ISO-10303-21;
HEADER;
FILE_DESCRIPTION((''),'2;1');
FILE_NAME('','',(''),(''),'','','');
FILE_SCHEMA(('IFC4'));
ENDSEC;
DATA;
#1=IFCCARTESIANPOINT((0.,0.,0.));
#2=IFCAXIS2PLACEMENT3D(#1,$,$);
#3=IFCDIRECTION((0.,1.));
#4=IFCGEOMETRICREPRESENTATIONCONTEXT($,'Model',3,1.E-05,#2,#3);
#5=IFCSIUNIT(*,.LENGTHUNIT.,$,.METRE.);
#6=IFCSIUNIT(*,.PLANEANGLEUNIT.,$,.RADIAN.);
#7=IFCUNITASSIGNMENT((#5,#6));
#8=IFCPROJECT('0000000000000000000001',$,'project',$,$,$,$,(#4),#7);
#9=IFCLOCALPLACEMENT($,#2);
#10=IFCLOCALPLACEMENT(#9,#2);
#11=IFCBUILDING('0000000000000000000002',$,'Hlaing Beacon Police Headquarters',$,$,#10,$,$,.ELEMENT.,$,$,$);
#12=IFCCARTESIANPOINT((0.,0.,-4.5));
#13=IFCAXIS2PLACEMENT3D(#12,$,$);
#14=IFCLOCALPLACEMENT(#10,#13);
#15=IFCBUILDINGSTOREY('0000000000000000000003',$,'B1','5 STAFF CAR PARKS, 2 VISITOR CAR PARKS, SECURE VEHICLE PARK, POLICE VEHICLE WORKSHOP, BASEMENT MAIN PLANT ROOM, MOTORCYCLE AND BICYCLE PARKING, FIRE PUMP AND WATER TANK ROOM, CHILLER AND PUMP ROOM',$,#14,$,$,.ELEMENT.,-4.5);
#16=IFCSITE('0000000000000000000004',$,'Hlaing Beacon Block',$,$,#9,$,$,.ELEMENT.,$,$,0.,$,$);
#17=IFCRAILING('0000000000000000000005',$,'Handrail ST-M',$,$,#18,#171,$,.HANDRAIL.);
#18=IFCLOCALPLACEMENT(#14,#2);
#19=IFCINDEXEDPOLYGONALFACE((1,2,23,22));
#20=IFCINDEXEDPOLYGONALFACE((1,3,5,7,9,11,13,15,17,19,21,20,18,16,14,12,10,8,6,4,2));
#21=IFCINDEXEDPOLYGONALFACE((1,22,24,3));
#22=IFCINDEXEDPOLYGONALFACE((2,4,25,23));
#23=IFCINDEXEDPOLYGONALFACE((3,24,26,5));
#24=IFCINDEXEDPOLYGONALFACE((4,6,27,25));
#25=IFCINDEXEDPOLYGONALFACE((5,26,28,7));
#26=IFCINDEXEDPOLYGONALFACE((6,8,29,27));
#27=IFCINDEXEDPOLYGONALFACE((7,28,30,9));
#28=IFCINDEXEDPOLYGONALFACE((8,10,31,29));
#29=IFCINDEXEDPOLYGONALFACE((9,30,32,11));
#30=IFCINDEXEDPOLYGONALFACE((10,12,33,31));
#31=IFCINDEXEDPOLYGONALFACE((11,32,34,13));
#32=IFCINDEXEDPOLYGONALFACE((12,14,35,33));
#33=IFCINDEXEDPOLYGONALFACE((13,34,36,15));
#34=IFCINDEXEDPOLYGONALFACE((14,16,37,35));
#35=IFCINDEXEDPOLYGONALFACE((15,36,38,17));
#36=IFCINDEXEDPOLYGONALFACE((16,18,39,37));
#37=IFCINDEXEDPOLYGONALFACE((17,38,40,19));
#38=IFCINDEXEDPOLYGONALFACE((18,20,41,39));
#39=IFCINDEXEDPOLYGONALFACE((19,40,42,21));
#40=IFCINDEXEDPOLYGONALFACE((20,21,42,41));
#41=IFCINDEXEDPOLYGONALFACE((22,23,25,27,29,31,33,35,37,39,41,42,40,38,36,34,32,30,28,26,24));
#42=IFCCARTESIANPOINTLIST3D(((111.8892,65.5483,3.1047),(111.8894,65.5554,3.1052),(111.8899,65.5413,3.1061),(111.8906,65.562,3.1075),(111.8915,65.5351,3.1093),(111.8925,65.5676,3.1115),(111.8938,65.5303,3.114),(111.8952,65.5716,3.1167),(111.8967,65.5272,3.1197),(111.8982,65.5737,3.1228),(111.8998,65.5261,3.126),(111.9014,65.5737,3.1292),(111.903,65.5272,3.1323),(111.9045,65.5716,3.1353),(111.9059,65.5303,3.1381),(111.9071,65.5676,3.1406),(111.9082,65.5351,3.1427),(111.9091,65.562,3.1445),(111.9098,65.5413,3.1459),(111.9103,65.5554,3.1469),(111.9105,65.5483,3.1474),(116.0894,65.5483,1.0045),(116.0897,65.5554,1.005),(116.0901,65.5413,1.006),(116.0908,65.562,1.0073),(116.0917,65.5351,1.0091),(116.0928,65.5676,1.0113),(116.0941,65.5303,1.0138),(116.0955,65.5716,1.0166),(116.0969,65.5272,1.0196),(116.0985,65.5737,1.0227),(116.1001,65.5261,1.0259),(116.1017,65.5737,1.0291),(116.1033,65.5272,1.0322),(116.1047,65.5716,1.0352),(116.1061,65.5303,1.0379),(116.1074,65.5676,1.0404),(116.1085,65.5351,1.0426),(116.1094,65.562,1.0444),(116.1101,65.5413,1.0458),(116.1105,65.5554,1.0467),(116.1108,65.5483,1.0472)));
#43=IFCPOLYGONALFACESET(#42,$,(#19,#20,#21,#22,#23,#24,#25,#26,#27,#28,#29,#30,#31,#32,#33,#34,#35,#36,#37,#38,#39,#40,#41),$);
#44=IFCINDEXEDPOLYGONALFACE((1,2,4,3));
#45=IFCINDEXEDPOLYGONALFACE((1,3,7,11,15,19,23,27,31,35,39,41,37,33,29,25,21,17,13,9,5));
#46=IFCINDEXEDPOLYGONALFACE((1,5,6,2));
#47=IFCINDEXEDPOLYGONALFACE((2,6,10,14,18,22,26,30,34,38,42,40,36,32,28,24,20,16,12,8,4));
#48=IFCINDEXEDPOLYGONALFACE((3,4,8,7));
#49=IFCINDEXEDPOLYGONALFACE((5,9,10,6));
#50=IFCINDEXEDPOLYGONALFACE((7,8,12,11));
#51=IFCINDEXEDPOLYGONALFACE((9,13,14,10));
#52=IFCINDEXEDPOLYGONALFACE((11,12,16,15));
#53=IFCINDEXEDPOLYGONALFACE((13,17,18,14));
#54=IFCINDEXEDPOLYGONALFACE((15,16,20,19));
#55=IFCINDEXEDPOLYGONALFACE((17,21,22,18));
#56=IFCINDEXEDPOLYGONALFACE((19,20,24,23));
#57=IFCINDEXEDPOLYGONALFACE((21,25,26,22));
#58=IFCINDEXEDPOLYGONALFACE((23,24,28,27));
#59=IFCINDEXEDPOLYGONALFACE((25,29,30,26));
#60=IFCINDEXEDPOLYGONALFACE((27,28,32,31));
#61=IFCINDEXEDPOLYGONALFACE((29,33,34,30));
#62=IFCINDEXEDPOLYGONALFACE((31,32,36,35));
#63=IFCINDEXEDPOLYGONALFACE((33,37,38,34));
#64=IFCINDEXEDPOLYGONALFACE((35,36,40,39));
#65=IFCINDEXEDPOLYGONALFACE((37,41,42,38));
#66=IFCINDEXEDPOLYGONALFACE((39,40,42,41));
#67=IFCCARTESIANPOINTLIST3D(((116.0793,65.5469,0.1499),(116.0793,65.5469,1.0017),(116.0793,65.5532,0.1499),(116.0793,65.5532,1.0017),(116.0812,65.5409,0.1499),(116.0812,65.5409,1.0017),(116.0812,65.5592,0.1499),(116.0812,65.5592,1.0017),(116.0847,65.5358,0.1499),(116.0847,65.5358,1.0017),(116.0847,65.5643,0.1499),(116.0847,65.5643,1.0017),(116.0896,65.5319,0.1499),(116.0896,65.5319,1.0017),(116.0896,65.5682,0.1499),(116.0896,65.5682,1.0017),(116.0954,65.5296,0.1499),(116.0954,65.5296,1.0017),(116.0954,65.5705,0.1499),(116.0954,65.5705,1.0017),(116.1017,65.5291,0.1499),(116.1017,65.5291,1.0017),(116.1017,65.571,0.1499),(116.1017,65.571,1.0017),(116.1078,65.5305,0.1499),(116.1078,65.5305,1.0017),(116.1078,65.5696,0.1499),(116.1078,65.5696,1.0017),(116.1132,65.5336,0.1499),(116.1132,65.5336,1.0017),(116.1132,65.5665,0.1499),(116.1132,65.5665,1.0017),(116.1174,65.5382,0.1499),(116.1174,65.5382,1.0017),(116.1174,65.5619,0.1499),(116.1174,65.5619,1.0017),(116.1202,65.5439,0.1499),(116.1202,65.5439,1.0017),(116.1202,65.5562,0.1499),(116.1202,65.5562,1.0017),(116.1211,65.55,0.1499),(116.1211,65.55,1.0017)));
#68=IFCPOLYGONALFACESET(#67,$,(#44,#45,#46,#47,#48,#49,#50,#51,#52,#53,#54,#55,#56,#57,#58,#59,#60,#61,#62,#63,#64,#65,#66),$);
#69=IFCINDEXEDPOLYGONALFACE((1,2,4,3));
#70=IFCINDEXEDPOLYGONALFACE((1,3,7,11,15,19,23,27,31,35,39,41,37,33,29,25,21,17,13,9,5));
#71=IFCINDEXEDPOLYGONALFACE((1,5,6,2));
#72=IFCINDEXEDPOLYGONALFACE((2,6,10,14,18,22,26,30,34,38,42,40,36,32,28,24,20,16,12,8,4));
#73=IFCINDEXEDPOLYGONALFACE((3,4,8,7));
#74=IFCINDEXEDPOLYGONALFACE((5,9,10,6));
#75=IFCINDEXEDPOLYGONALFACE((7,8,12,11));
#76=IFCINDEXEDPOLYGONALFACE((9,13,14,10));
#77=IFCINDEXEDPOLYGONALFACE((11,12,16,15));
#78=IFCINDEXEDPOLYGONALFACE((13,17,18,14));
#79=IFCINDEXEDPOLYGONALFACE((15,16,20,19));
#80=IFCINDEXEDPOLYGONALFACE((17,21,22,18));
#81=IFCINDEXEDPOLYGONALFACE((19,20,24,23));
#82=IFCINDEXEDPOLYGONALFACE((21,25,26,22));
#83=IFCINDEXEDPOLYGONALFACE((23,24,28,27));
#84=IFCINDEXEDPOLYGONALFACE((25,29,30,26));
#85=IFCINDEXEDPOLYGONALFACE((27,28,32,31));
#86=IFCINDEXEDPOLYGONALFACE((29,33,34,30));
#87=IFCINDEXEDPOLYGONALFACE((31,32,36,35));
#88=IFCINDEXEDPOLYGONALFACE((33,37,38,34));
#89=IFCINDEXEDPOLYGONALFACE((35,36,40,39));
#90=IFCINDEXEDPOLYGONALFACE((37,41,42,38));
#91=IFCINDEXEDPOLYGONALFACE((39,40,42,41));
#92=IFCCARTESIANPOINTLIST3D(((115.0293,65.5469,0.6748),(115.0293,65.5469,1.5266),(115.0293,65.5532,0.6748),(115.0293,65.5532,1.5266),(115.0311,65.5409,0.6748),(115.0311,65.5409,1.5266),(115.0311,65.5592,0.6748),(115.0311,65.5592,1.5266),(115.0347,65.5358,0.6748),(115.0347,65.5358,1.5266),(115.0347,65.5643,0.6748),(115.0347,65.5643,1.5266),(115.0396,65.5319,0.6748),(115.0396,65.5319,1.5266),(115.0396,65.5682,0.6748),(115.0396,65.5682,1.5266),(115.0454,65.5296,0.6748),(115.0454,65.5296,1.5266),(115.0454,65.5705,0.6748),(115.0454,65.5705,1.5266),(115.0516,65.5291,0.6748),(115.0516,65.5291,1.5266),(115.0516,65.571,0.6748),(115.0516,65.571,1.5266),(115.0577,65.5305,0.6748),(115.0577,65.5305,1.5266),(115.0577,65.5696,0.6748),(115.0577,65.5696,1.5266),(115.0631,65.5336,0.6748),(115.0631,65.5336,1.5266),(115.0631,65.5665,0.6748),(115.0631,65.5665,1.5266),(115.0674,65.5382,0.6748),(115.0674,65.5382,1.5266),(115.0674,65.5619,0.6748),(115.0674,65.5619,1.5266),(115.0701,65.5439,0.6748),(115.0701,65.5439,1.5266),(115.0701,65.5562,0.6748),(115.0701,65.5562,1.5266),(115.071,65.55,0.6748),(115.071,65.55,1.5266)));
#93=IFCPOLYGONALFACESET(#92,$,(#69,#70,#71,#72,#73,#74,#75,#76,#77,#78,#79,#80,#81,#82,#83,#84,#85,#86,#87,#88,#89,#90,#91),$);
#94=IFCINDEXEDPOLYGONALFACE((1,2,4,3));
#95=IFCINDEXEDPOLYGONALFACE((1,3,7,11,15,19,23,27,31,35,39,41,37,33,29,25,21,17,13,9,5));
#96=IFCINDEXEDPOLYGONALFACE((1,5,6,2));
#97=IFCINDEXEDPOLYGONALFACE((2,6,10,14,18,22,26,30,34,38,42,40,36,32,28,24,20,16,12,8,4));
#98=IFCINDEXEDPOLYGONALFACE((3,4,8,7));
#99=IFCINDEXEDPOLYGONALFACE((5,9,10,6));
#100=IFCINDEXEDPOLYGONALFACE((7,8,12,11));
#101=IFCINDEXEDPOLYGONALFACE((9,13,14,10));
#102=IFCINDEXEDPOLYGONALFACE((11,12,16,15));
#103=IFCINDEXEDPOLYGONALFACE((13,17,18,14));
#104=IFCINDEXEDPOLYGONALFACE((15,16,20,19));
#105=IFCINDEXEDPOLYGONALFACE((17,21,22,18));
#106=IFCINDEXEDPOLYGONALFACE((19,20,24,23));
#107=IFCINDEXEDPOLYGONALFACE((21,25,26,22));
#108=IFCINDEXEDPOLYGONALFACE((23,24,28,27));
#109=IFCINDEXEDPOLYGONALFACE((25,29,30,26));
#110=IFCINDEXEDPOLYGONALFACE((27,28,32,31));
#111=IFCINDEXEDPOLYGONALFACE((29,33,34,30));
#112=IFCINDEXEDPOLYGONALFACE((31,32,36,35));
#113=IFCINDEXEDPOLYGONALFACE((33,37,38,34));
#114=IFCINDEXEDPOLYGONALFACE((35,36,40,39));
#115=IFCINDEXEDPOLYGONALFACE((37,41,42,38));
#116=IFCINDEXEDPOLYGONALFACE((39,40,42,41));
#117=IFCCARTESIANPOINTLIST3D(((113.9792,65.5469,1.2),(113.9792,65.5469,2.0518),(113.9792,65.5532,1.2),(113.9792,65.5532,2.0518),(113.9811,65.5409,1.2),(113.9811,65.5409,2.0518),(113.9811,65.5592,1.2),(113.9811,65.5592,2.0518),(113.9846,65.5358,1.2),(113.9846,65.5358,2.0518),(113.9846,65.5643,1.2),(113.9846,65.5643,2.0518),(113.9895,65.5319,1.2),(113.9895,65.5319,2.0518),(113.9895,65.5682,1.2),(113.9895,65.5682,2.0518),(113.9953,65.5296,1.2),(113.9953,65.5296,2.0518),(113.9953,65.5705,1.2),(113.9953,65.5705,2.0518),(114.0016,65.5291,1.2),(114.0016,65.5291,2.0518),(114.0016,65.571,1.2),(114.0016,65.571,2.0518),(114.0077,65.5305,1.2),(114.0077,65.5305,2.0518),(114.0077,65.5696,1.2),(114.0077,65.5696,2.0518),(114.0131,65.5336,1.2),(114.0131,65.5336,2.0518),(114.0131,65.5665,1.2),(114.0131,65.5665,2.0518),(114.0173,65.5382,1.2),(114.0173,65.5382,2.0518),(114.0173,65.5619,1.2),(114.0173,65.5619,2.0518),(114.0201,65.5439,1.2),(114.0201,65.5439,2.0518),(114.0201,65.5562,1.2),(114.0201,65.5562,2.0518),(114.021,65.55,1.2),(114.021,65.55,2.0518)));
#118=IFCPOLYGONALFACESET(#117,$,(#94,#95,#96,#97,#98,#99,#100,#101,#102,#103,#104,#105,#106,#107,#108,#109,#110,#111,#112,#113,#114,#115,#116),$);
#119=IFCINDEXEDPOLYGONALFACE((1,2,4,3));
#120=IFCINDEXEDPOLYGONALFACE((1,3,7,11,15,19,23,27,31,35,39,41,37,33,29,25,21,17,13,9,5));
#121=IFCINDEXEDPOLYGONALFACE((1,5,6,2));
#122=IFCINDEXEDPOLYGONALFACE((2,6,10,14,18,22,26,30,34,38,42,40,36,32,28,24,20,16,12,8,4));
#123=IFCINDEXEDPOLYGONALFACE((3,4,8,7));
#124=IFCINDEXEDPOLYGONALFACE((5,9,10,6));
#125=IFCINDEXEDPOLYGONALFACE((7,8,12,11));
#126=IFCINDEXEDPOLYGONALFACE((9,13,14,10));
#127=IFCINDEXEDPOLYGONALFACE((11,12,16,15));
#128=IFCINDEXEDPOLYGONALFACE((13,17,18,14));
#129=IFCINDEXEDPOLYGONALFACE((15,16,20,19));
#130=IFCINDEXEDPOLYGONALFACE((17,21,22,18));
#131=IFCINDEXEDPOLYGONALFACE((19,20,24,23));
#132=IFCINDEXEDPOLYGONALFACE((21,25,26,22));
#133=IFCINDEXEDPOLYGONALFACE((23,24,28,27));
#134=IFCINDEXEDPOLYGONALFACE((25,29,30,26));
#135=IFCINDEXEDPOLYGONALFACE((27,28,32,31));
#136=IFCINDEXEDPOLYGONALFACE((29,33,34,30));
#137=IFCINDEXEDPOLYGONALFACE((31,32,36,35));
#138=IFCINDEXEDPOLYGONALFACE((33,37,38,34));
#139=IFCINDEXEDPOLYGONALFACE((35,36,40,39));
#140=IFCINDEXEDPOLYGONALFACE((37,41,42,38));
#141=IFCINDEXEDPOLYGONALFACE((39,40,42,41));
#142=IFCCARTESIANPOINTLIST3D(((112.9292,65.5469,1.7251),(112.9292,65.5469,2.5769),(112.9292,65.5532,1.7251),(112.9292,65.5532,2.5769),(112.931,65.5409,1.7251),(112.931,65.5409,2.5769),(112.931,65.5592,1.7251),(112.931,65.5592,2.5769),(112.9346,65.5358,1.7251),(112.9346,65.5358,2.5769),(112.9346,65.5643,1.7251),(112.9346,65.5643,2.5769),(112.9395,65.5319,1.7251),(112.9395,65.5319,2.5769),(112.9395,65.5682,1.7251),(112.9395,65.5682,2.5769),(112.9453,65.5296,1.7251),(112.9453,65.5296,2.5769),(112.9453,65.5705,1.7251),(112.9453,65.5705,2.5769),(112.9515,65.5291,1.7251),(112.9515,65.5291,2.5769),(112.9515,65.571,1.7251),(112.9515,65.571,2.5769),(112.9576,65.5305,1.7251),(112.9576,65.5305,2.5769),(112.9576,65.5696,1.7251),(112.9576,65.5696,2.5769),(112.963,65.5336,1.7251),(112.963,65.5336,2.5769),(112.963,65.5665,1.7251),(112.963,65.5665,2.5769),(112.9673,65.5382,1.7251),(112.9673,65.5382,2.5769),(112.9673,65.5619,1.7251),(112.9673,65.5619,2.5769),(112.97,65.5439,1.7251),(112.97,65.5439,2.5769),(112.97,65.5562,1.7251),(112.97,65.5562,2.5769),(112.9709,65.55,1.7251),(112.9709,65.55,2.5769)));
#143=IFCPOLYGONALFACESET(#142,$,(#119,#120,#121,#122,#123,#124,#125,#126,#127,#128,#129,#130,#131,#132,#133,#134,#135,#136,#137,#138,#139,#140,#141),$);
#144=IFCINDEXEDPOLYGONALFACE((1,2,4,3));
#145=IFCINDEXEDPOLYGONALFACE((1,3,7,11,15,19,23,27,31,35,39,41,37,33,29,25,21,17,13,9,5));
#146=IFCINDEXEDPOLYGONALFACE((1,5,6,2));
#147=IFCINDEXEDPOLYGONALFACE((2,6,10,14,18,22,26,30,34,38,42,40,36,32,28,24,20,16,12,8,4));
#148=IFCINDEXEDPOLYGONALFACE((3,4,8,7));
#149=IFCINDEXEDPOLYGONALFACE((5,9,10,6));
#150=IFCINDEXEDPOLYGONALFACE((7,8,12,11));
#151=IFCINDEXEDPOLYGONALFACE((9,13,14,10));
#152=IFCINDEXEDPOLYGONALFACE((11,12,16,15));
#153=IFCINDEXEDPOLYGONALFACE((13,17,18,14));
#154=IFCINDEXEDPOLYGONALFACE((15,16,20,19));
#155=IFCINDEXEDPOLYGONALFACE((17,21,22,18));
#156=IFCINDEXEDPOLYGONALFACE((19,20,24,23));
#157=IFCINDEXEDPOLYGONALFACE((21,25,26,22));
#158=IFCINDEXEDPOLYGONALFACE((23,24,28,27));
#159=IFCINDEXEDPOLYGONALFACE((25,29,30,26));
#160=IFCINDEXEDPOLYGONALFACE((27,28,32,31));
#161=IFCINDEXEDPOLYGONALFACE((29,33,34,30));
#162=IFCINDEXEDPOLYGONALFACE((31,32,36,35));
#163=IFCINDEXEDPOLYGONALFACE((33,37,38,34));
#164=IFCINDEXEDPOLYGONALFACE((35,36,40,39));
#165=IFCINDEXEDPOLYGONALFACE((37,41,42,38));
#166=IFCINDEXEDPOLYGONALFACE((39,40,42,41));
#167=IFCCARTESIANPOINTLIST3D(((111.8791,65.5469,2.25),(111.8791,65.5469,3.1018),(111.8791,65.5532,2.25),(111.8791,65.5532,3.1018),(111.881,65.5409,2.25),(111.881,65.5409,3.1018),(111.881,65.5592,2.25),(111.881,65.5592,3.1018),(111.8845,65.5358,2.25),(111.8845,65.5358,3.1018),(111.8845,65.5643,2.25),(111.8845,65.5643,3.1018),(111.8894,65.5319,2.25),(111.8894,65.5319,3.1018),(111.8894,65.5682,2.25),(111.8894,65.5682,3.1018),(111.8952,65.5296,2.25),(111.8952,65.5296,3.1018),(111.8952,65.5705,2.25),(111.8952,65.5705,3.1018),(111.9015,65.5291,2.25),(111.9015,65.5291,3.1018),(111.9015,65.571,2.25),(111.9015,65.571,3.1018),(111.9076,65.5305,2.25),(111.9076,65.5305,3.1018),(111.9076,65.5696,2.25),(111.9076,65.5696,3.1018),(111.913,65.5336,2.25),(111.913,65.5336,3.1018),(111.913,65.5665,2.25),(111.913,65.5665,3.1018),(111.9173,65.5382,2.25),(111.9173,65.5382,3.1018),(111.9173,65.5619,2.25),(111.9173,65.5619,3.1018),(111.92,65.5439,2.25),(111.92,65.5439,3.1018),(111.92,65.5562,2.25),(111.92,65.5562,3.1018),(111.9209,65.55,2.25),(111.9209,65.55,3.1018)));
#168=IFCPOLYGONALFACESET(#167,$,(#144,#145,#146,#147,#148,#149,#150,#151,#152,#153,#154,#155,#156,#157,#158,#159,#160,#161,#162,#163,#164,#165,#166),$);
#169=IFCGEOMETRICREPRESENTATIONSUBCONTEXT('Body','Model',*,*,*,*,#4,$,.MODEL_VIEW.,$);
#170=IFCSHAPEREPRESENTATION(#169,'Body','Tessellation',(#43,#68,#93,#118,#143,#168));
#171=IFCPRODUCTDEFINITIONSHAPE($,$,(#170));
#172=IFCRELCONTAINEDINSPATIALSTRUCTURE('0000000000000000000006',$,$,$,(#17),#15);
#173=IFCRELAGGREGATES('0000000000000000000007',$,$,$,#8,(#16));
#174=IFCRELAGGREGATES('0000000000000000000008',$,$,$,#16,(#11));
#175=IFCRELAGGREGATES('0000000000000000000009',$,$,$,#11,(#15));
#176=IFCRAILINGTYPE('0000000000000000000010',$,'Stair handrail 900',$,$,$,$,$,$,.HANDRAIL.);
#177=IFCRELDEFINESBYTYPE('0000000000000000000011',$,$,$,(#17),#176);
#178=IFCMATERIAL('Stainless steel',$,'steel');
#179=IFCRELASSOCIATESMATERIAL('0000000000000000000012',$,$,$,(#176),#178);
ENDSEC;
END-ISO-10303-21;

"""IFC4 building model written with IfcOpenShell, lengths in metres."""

from ifc_helpers import new_model, si_unit, direction, frame, origin, origin_2d, place, context, subcontext, project, spatial, circle, extrude, material, type_object, element, save


model = new_model("IFC4")

# Units and contexts
model_context = context("Model", 3, precision=1e-05, world=origin(), true_north=direction((0.0, 1.0)))
body_context = subcontext(model_context, "Body", "Model", "MODEL_VIEW")
ifc_project = project(units=[si_unit("LENGTHUNIT", "METRE"), si_unit("PLANEANGLEUNIT", "RADIAN")], contexts=[model_context])

# Site, building, storey
site_placement = place(None, origin())
site = spatial("IfcSite", under=ifc_project, at=site_placement, Name="Hlaing Beacon Block", CompositionType="ELEMENT", RefElevation=0.0)
building_placement = place(site_placement, origin())
building = spatial("IfcBuilding", under=site, at=building_placement, Name="Hlaing Beacon Police Headquarters", CompositionType="ELEMENT")
storey_placement = place(building_placement, frame((0.0, 0.0, -4.5)))
storey = spatial("IfcBuildingStorey", under=building, at=storey_placement, Name="B1", Description="5 STAFF CAR PARKS, 2 VISITOR CAR PARKS, SECURE VEHICLE PARK, POLICE VEHICLE WORKSHOP, BASEMENT MAIN PLANT ROOM, MOTORCYCLE AND BICYCLE PARKING, FIRE PUMP AND WATER TANK ROOM, CHILLER AND PUMP ROOM", CompositionType="ELEMENT", Elevation=-4.5)

# Railing
ifc_material_1 = material(Name="Stainless steel", Category="steel")
railing_type = type_object("IfcRailingType", Name="Stair handrail 900", PredefinedType="HANDRAIL", material=ifc_material_1)
for number, where, name in (
    (1, (116.1001, 65.55, 0.1499), "Handrail ST-M"),
):
    element("IfcRailing", number, at=place(storey_placement, frame(where)), inside=storey, type_object=railing_type, Name=name, PredefinedType="HANDRAIL", context=body_context, shape_type="SweptSolid", body=[
        extrude(circle(Radius=0.0239, at=origin_2d()), frame((0.0, 0.0, 0.876), z_axis=(-0.894427, 0.0, 0.447214), x_axis=(0.0, -1.0, 0.0)), (0.0, 0.0, 1.0), 4.696),
        extrude(circle(Radius=0.021, at=origin_2d()), origin(), (0.0, 0.0, 1.0), 0.8518),
        extrude(circle(Radius=0.021, at=origin_2d()), frame((-1.05, 0.0, 0.5249)), (0.0, 0.0, 1.0), 0.8518),
        extrude(circle(Radius=0.021, at=origin_2d()), frame((-2.1001, 0.0, 1.05)), (0.0, 0.0, 1.0), 0.8518),
        extrude(circle(Radius=0.021, at=origin_2d()), frame((-3.1501, 0.0, 1.5752)), (0.0, 0.0, 1.0), 0.8518),
        extrude(circle(Radius=0.021, at=origin_2d()), frame((-4.2002, 0.0, 2.1001)), (0.0, 0.0, 1.0), 0.8518),
    ])

save(model, "model.ifc")
